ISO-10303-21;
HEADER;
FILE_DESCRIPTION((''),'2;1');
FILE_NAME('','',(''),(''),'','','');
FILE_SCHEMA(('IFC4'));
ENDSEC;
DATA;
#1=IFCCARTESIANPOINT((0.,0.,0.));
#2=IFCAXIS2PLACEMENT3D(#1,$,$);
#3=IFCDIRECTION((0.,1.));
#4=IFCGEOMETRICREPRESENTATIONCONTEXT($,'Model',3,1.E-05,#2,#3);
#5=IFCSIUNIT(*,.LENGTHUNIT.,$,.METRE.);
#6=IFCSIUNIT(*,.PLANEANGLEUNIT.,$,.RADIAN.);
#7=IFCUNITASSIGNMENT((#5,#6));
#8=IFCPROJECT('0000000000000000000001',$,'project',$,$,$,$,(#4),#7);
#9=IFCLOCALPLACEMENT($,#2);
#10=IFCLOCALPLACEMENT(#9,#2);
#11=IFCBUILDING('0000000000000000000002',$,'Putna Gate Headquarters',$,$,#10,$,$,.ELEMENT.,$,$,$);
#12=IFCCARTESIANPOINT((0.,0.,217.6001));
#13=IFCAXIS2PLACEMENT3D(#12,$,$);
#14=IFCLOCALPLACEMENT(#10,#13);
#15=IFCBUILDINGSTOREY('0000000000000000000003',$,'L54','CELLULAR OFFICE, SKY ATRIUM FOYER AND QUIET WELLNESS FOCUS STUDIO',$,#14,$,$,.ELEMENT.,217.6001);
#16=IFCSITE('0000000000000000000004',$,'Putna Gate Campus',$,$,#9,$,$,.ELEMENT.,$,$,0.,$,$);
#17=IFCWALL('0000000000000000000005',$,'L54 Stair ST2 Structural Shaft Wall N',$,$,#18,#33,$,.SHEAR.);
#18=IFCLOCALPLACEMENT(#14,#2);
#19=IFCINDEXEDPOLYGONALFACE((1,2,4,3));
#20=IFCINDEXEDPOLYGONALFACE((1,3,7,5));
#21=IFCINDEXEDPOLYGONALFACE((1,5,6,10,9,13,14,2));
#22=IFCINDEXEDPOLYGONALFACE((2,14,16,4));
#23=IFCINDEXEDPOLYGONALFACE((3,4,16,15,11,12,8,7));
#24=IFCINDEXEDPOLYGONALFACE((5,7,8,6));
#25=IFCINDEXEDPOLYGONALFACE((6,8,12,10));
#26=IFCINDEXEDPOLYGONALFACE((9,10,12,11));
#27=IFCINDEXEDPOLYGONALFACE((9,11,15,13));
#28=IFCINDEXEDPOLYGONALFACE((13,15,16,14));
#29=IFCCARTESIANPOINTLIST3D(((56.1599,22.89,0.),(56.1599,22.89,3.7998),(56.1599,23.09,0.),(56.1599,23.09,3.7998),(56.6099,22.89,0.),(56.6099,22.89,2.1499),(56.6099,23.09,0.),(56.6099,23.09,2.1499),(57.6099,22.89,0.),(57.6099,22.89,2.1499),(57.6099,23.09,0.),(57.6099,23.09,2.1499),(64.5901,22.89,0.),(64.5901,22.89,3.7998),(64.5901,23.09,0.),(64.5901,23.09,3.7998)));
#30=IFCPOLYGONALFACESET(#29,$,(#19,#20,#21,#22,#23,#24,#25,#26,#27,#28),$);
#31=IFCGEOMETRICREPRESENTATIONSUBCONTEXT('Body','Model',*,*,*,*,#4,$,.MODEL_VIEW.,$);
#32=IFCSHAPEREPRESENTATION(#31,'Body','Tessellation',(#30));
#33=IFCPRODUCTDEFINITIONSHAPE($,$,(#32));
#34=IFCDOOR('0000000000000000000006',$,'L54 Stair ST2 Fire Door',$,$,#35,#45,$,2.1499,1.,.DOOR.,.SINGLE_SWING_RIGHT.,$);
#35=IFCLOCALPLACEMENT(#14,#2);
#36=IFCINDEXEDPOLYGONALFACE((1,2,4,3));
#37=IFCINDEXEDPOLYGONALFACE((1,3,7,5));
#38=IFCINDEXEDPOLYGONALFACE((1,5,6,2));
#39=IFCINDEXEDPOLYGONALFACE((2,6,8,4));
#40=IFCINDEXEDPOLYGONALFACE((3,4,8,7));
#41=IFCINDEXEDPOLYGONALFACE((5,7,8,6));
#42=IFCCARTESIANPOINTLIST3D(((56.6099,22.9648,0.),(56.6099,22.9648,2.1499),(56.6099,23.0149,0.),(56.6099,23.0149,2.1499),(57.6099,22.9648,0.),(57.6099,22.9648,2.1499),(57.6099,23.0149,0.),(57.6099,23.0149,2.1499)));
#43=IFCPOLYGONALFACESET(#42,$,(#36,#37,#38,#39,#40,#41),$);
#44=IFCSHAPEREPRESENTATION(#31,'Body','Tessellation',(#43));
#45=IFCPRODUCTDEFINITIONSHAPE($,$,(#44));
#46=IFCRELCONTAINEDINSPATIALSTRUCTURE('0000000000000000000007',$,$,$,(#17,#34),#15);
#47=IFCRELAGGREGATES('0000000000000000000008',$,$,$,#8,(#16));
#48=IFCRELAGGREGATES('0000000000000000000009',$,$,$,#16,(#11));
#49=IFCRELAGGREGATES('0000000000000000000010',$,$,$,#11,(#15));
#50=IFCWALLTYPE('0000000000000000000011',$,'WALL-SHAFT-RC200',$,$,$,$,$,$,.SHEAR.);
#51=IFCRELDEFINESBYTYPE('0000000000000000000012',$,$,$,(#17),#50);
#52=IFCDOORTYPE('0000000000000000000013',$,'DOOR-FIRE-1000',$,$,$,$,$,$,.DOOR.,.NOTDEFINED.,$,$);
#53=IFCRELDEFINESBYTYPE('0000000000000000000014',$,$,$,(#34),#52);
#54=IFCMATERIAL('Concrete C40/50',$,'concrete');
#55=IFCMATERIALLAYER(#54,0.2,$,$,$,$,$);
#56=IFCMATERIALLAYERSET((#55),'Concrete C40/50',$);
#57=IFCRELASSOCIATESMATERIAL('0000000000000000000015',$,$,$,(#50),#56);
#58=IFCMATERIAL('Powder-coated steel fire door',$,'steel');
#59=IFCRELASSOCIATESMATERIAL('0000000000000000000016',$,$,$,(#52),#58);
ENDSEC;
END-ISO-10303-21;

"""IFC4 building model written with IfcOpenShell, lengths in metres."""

from ifc_helpers import new_model, si_unit, direction, frame, frame_2d, origin, place, context, subcontext, project, spatial, rectangle, extrude, material, layer, layer_set, type_object, element, fill, save


model = new_model("IFC4")

# Units and contexts
model_context = context("Model", 3, precision=1e-05, world=origin(), true_north=direction((0.0, 1.0)))
body_context = subcontext(model_context, "Body", "Model", "MODEL_VIEW")
ifc_project = project(units=[si_unit("LENGTHUNIT", "METRE"), si_unit("PLANEANGLEUNIT", "RADIAN")], contexts=[model_context])

# Site, building, storey
site_placement = place(None, origin())
site = spatial("IfcSite", under=ifc_project, at=site_placement, Name="Putna Gate Campus", CompositionType="ELEMENT", RefElevation=0.0)
building_placement = place(site_placement, origin())
building = spatial("IfcBuilding", under=site, at=building_placement, Name="Putna Gate Headquarters", CompositionType="ELEMENT")
storey_placement = place(building_placement, frame((0.0, 0.0, 217.6001)))
storey = spatial("IfcBuildingStorey", under=building, at=storey_placement, Name="L54", Description="CELLULAR OFFICE, SKY ATRIUM FOYER AND QUIET WELLNESS FOCUS STUDIO", CompositionType="ELEMENT", Elevation=217.6001)

# Wall, opening, door
ifc_material_1 = material(Name="Concrete C40/50", Category="concrete")
ifc_layer_1 = layer(ifc_material_1, 0.2)
ifc_layer_set_1 = layer_set([ifc_layer_1], Name="Concrete C40/50")
wall_type_1 = type_object("IfcWallType", Name="WALL-SHAFT-RC200", PredefinedType="SHEAR", material=ifc_layer_set_1)
wall_1_placement = place(storey_placement, frame((56.1599, 22.99, 0.0), z_axis=(0.0, 0.0, 1.0), x_axis=(1.0, 0.0, 0.0)))
wall_1 = element("IfcWall", 1, at=wall_1_placement, inside=storey, type_object=wall_type_1, Name="L54 Stair ST2 Structural Shaft Wall N", PredefinedType="SHEAR", context=body_context, shape_type="SweptSolid", body=[
    extrude(rectangle(XDim=8.4302, YDim=0.2, at=frame_2d((4.2151, 0.0))), origin(), (0.0, 0.0, 1.0), 3.7998),
])
opening_1_placement = place(wall_1_placement, frame((0.45, 0.0, 0.0)))
opening_1 = element("IfcOpeningElement", 2, at=opening_1_placement, cuts=wall_1, PredefinedType="OPENING", context=body_context, shape_type="SweptSolid", body=[
    extrude(rectangle(XDim=1.0, YDim=2.1499, at=frame_2d((0.5, 1.075))), frame((0.0, 0.1099, 0.0), z_axis=(0.0, -1.0, 0.0), x_axis=(1.0, 0.0, 0.0)), (0.0, 0.0, 1.0), 0.22),
])
ifc_material_2 = material(Name="Powder-coated steel fire door", Category="steel")
door_type_1 = type_object("IfcDoorType", Name="DOOR-FIRE-1000", OperationType="NOTDEFINED", PredefinedType="DOOR", material=ifc_material_2)
door_1_placement = place(opening_1_placement, origin())
door_1 = element("IfcDoor", 3, at=door_1_placement, inside=storey, type_object=door_type_1, Name="L54 Stair ST2 Fire Door", OperationType="SINGLE_SWING_RIGHT", OverallHeight=2.1499, OverallWidth=1.0, PredefinedType="DOOR", context=body_context, shape_type="SweptSolid", body=[
    extrude(rectangle(XDim=1.0, YDim=2.1499, at=frame_2d((0.5, 1.075))), frame((0.0, 0.0249, 0.0), z_axis=(0.0, -1.0, 0.0), x_axis=(1.0, 0.0, 0.0)), (0.0, 0.0, 1.0), 0.05),
])
fill(opening_1, door_1)

save(model, "model.ifc")
